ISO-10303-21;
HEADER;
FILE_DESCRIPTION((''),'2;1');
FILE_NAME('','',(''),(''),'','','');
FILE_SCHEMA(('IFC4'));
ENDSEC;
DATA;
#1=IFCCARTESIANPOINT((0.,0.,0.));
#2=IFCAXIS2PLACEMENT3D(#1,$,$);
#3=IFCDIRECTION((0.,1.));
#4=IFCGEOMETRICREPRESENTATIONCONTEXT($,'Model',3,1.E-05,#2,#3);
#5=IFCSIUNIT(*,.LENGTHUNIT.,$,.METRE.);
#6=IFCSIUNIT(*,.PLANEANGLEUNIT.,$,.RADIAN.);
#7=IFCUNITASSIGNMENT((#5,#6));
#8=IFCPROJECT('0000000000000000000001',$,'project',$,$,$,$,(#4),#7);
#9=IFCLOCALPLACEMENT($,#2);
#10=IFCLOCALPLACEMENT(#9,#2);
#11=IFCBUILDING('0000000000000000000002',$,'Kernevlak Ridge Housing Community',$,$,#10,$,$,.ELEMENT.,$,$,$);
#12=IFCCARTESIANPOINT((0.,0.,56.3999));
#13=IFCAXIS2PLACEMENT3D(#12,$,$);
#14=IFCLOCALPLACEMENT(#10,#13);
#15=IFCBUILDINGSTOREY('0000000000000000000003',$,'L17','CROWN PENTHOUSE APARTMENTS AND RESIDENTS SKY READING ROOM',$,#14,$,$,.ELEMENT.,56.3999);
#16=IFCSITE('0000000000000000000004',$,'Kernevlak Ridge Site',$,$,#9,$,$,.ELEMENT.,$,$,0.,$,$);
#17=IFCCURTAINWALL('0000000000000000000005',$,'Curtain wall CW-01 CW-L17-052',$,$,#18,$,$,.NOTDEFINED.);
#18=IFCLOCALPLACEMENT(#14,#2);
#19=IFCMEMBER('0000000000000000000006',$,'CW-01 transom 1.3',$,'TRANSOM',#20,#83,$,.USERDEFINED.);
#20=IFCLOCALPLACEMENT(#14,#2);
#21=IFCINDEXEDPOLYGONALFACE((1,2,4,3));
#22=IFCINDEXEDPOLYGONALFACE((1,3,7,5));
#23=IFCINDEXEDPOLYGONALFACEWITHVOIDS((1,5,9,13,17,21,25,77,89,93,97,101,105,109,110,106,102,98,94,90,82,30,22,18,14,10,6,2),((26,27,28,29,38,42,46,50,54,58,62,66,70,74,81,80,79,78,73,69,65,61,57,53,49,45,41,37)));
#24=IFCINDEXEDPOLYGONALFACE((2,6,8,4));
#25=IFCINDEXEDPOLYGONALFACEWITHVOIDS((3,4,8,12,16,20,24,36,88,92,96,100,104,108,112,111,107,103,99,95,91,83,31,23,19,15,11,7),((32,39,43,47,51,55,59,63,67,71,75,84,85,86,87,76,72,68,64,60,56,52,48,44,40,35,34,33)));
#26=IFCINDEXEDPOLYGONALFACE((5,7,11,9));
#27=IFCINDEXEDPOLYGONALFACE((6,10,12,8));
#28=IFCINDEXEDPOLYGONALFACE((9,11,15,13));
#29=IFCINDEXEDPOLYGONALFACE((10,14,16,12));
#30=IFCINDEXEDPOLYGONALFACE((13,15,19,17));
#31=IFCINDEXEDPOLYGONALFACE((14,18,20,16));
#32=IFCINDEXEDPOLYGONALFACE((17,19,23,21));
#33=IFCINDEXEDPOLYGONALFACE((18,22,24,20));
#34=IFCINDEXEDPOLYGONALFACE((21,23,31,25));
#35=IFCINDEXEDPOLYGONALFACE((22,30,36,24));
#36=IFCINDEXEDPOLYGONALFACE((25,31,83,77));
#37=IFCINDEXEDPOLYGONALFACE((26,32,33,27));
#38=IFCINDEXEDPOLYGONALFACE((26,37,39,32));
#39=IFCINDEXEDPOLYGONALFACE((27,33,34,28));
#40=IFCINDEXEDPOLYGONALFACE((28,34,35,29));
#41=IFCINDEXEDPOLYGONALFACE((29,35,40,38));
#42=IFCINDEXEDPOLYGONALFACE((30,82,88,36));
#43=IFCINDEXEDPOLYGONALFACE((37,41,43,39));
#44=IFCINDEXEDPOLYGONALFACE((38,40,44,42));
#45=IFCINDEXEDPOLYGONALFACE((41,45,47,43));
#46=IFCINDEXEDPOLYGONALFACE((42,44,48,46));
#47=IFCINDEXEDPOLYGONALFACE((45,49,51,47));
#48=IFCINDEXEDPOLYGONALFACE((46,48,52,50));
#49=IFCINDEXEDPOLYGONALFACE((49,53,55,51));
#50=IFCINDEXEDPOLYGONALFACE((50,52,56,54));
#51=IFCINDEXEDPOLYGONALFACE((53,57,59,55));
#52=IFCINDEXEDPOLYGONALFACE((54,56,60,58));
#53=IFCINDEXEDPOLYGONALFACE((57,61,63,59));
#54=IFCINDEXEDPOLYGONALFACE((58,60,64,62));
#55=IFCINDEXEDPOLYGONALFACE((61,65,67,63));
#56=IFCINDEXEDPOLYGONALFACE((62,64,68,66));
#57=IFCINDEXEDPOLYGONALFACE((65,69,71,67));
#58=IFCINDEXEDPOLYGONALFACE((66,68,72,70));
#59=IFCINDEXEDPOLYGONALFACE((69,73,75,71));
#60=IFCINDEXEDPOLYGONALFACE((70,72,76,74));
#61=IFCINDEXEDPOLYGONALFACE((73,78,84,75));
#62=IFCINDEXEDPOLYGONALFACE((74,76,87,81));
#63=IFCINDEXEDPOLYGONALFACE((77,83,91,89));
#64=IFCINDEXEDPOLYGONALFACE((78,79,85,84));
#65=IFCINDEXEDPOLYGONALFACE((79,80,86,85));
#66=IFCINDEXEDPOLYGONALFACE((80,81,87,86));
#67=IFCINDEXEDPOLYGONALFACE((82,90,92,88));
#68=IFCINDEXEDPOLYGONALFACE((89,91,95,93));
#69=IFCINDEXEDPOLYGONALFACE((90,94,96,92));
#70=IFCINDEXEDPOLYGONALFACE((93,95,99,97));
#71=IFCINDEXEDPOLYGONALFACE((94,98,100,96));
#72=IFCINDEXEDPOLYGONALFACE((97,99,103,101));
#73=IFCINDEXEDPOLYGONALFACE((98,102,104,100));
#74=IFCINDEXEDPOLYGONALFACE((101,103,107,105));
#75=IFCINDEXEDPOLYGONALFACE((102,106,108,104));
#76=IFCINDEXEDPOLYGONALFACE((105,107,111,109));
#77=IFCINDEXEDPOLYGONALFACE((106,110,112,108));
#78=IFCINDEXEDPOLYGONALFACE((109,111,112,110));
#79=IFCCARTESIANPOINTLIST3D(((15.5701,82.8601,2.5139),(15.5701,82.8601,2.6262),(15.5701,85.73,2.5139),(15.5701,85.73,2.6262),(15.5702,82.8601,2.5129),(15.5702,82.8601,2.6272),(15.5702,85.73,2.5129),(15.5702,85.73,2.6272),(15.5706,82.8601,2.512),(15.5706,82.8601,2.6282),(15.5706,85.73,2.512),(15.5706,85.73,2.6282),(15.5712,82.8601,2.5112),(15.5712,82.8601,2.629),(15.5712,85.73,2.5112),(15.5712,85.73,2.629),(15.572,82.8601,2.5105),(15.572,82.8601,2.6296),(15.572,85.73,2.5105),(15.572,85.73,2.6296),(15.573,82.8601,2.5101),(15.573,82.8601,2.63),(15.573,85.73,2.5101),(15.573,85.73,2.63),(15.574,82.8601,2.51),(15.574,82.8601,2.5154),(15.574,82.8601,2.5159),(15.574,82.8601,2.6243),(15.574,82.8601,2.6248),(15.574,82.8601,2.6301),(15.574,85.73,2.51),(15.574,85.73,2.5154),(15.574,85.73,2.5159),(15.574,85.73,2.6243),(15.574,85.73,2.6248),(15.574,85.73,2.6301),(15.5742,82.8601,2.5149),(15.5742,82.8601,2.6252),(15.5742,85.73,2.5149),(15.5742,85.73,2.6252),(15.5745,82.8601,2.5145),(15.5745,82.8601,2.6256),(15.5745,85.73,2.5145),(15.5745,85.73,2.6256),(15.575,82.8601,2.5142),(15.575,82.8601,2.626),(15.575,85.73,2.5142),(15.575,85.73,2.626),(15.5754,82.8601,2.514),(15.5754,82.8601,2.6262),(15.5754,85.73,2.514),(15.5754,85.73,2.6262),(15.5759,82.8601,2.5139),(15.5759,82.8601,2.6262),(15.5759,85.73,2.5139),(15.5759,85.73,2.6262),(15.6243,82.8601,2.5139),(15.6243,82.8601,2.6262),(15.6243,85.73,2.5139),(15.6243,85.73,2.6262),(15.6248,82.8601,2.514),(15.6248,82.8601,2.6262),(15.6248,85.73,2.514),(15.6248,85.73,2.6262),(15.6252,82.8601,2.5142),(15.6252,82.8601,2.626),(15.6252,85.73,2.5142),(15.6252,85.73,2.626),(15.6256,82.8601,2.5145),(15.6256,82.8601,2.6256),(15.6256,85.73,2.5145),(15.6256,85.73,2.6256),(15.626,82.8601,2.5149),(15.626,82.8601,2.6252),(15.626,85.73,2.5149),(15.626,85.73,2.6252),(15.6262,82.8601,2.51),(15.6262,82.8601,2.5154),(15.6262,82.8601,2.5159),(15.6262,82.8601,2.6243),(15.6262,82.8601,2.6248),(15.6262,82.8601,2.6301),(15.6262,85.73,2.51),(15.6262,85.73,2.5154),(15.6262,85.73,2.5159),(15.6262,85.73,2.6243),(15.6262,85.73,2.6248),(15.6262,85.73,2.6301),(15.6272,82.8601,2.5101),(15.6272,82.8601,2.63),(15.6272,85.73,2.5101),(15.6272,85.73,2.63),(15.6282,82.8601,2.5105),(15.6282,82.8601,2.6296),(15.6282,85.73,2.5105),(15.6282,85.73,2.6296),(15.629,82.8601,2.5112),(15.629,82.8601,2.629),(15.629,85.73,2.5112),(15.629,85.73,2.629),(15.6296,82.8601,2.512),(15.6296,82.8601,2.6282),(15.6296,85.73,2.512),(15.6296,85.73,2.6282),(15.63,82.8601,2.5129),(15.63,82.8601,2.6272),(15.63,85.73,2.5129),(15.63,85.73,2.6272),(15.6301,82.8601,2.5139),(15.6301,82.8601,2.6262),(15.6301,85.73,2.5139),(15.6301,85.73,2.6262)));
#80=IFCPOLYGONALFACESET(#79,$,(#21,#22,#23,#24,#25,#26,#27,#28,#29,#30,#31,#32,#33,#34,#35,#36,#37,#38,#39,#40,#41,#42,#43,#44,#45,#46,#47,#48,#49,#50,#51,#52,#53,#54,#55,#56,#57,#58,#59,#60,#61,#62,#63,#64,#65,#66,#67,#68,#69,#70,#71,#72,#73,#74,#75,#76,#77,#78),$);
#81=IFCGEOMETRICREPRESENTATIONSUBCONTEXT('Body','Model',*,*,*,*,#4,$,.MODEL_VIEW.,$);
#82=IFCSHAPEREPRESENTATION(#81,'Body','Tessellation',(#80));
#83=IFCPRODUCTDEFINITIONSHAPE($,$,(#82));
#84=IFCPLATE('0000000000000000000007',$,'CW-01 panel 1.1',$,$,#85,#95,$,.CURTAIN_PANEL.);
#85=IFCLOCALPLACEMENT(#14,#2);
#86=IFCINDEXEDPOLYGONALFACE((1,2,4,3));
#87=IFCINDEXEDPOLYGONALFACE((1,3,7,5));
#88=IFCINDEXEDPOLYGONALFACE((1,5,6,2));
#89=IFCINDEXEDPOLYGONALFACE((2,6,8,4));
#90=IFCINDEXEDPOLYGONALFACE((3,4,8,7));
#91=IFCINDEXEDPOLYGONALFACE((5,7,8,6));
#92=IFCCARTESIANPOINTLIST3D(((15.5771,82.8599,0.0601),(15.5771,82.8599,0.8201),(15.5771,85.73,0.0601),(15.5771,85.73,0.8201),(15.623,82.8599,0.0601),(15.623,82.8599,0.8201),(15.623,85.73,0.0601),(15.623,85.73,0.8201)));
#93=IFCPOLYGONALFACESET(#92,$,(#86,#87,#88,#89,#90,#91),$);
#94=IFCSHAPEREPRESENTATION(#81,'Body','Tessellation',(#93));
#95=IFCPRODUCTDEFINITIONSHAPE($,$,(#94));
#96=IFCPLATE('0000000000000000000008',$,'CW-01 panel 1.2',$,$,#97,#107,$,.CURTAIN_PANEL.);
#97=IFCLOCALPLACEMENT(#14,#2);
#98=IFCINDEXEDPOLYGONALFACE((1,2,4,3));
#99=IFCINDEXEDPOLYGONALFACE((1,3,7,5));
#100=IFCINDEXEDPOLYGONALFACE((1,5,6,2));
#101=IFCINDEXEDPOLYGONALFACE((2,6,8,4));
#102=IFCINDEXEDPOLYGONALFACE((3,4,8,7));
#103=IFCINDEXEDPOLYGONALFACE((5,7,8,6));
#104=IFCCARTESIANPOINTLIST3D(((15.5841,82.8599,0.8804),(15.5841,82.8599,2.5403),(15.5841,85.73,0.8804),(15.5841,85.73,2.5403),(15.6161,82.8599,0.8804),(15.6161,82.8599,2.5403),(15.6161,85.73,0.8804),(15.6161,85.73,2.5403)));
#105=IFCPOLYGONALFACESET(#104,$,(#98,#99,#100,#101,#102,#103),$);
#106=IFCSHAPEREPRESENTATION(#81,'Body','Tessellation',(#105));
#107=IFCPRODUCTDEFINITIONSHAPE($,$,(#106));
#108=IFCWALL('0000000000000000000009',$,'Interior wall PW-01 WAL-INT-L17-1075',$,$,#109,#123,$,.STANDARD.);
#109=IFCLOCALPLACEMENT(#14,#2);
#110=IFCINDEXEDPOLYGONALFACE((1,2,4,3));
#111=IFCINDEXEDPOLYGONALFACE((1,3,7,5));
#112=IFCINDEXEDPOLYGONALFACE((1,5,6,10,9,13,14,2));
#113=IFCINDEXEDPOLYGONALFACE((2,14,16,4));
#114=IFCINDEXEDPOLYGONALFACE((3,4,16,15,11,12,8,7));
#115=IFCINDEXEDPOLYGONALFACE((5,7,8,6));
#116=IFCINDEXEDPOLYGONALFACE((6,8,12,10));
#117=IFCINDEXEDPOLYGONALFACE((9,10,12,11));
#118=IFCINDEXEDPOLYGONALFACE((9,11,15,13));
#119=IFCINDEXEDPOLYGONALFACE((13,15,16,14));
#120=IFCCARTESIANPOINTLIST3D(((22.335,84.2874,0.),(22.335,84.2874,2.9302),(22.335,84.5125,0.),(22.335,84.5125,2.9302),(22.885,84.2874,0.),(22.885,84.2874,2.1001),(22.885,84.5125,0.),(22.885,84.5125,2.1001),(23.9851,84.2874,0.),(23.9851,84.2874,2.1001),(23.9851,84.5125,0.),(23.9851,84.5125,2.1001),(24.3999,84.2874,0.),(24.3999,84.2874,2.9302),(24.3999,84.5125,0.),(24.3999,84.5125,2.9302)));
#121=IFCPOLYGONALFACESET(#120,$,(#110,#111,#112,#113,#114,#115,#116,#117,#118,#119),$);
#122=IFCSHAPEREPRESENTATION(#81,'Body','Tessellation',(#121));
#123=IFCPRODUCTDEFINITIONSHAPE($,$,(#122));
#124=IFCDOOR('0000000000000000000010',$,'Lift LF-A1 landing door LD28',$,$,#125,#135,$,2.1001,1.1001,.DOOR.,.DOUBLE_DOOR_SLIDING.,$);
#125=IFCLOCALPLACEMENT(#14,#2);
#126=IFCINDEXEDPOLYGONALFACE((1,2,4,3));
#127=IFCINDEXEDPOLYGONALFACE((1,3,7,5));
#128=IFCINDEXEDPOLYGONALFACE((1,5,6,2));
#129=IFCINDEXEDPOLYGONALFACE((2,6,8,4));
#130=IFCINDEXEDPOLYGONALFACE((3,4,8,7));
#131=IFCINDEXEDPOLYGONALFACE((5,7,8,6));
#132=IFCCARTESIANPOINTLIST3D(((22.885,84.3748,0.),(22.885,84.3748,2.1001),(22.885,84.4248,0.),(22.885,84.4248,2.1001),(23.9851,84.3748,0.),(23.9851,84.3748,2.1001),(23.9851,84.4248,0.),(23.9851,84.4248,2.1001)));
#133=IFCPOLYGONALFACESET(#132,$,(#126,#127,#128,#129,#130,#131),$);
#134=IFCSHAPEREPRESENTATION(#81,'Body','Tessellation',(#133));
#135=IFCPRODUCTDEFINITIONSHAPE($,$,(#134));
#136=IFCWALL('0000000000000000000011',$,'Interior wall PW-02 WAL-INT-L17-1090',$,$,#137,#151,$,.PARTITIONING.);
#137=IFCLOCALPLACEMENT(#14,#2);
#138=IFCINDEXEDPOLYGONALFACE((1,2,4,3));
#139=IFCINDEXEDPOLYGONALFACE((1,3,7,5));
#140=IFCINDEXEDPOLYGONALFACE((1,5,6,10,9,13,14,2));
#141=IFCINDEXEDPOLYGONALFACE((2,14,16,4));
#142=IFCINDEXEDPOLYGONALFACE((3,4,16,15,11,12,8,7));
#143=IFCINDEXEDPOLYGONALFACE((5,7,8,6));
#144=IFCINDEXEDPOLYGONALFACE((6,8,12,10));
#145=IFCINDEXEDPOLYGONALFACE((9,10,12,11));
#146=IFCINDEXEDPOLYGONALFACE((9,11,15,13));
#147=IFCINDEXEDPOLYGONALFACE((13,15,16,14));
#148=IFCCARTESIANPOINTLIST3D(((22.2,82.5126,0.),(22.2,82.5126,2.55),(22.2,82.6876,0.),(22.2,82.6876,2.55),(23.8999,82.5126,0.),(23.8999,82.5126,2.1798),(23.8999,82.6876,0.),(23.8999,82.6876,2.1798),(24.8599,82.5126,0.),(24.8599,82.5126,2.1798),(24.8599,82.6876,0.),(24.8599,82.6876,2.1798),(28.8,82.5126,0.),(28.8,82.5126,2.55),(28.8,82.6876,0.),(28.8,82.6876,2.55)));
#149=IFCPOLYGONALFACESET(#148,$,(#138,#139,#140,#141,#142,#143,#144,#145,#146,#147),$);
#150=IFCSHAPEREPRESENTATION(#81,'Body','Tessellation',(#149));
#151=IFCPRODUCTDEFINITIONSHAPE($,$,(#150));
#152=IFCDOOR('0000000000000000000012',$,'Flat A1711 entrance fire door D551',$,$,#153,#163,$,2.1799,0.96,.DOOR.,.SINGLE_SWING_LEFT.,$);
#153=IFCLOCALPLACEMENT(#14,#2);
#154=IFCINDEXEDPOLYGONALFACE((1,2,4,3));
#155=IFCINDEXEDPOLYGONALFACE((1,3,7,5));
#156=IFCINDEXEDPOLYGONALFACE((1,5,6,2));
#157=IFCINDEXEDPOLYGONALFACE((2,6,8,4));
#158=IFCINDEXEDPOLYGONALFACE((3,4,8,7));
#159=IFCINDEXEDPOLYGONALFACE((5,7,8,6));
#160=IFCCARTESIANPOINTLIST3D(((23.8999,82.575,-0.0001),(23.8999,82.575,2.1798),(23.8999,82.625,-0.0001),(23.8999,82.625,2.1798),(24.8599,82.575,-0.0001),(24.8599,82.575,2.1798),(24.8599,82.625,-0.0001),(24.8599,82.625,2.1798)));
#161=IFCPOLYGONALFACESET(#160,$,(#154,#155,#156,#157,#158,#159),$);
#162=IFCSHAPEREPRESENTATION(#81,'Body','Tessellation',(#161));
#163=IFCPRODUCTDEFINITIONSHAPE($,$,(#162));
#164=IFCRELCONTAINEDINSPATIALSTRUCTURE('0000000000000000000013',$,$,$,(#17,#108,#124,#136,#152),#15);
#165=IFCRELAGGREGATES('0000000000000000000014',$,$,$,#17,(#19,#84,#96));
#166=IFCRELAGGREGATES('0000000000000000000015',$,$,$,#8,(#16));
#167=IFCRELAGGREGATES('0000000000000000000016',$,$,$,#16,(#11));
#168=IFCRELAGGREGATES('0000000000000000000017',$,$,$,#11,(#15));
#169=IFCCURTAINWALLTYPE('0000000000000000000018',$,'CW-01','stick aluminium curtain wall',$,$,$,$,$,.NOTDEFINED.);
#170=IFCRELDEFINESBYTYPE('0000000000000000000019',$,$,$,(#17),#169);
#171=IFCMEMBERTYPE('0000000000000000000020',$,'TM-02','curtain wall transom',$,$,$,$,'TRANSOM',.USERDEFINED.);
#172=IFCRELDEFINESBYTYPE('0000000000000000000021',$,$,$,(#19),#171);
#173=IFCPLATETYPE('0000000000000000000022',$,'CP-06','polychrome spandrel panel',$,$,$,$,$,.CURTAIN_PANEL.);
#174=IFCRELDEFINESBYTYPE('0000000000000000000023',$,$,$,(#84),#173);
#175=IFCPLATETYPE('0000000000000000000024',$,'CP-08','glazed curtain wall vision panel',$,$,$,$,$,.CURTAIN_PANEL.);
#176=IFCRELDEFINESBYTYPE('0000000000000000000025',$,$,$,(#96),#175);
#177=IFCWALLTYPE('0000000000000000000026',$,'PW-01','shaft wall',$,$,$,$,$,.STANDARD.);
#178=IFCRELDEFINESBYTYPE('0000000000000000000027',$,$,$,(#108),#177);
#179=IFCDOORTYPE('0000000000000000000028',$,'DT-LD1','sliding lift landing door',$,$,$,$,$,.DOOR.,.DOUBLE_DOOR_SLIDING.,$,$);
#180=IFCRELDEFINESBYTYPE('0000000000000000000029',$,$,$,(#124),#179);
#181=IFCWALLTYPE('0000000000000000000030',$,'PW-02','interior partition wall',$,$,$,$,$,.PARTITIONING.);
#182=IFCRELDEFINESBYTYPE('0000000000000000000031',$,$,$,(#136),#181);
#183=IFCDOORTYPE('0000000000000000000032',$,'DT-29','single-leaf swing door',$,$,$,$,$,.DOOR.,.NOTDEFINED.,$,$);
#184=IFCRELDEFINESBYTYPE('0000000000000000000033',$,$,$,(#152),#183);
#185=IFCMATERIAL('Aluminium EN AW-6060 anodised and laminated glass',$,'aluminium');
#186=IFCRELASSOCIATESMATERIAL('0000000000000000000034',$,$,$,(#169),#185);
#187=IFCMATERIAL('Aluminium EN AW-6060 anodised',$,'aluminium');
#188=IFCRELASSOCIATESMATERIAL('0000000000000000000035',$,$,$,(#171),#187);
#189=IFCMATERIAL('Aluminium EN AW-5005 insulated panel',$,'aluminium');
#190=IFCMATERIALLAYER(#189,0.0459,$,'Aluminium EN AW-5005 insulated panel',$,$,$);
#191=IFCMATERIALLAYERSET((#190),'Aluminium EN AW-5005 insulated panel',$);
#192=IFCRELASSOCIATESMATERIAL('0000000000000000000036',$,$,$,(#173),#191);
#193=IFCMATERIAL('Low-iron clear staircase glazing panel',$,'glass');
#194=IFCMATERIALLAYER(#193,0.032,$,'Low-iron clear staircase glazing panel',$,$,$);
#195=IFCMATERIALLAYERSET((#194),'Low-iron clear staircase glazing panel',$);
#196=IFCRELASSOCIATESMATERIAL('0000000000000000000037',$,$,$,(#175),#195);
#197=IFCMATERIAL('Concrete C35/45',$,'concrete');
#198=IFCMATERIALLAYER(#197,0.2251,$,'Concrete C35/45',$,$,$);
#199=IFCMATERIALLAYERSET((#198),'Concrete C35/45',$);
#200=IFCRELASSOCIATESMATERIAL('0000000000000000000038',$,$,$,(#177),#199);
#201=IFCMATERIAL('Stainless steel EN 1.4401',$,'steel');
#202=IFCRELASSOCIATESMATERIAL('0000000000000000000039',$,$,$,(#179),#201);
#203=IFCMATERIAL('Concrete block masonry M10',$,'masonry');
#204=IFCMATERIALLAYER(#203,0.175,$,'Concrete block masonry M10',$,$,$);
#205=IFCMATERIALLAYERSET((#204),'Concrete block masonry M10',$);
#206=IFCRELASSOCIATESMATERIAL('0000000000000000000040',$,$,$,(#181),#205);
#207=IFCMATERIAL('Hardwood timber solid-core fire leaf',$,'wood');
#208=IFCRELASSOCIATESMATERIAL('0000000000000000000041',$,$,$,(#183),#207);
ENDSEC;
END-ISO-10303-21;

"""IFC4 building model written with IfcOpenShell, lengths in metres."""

from ifc_helpers import new_model, si_unit, direction, frame, frame_2d, origin, origin_2d, place, context, subcontext, project, spatial, rectangle, hollow_rectangle, extrude, material, layer, layer_set, material_profile, profile_set, type_object, element, fill, aggregate, save


model = new_model("IFC4")

# Units and contexts
model_context = context("Model", 3, precision=1e-05, world=origin(), true_north=direction((0.0, 1.0)))
body_context = subcontext(model_context, "Body", "Model", "MODEL_VIEW")
ifc_project = project(units=[si_unit("LENGTHUNIT", "METRE"), si_unit("PLANEANGLEUNIT", "RADIAN")], contexts=[model_context])

# Site, building, storey
site_placement = place(None, origin())
site = spatial("IfcSite", under=ifc_project, at=site_placement, Name="Kernevlak Ridge Site", CompositionType="ELEMENT", RefElevation=0.0)
building_placement = place(site_placement, origin())
building = spatial("IfcBuilding", under=site, at=building_placement, Name="Kernevlak Ridge Housing Community", CompositionType="ELEMENT")
storey_placement = place(building_placement, frame((0.0, 0.0, 56.3999)))
storey = spatial("IfcBuildingStorey", under=building, at=storey_placement, Name="L17", Description="CROWN PENTHOUSE APARTMENTS AND RESIDENTS SKY READING ROOM", CompositionType="ELEMENT", Elevation=56.3999)

# Shared definitions
ifc_material_1 = material(Name="Concrete C35/45", Category="concrete")

# Curtain wall
ifc_material_2 = material(Name="Aluminium EN AW-6060 anodised and laminated glass", Category="aluminium")
curtain_wall_type = type_object("IfcCurtainWallType", Name="CW-01", Description="stick aluminium curtain wall", PredefinedType="NOTDEFINED", material=ifc_material_2)
curtain_wall_placement = place(storey_placement, origin())
curtain_wall = element("IfcCurtainWall", 1, at=curtain_wall_placement, inside=storey, type_object=curtain_wall_type, Name="Curtain wall CW-01 CW-L17-052", PredefinedType="NOTDEFINED")
ifc_material_3 = material(Name="Aluminium EN AW-6060 anodised", Category="aluminium")

# Member
ifc_material_profile_1 = material_profile(ifc_material_3, hollow_rectangle(XDim=0.0601, YDim=0.1201, WallThickness=0.0039, InnerFilletRadius=0.002, OuterFilletRadius=0.0039, at=origin_2d()), Name="ALU 60x120x4")
ifc_profile_set_1 = profile_set([ifc_material_profile_1], Name="Aluminium EN AW-6060 anodised")
member_type_1 = type_object("IfcMemberType", Name="TM-02", Description="curtain wall transom", ElementType="TRANSOM", PredefinedType="USERDEFINED", material=ifc_profile_set_1)
member_1_placement = place(storey_placement, frame((15.6001, 82.8601, 2.5701), z_axis=(0.0, 1.0, 0.0), x_axis=(-1.0, 0.0, 0.0)))
member_1 = element("IfcMember", 2, at=member_1_placement, type_object=member_type_1, Name="CW-01 transom 1.3", ObjectType="TRANSOM", PredefinedType="USERDEFINED", context=body_context, shape_type="SweptSolid", body=[
    extrude(hollow_rectangle(XDim=0.0601, YDim=0.1201, WallThickness=0.0039, InnerFilletRadius=0.002, OuterFilletRadius=0.0039, at=origin_2d()), origin(), (0.0, 0.0, 1.0), 2.8699),
])

# Plates
ifc_material_4 = material(Name="Aluminium EN AW-5005 insulated panel", Category="aluminium")
ifc_layer_1 = layer(ifc_material_4, 0.0459, Name="Aluminium EN AW-5005 insulated panel")
ifc_layer_set_1 = layer_set([ifc_layer_1], Name="Aluminium EN AW-5005 insulated panel")
plate_type_1 = type_object("IfcPlateType", Name="CP-06", Description="polychrome spandrel panel", PredefinedType="CURTAIN_PANEL", material=ifc_layer_set_1)
plate_1_placement = place(storey_placement, frame((15.6001, 84.2949, 0.0601), z_axis=(0.0, 0.0, 1.0), x_axis=(0.0, 1.0, 0.0)))
plate_1 = element("IfcPlate", 3, at=plate_1_placement, type_object=plate_type_1, Name="CW-01 panel 1.1", PredefinedType="CURTAIN_PANEL", context=body_context, shape_type="SweptSolid", body=[
    extrude(rectangle(XDim=2.8701, YDim=0.0459, at=origin_2d()), origin(), (0.0, 0.0, 1.0), 0.76),
])
ifc_material_5 = material(Name="Low-iron clear staircase glazing panel", Category="glass")
ifc_layer_2 = layer(ifc_material_5, 0.032, Name="Low-iron clear staircase glazing panel")
ifc_layer_set_2 = layer_set([ifc_layer_2], Name="Low-iron clear staircase glazing panel")
plate_type_2 = type_object("IfcPlateType", Name="CP-08", Description="glazed curtain wall vision panel", PredefinedType="CURTAIN_PANEL", material=ifc_layer_set_2)
plate_2_placement = place(storey_placement, frame((15.6001, 84.2949, 0.8804), z_axis=(0.0, 0.0, 1.0), x_axis=(0.0, 1.0, 0.0)))
plate_2 = element("IfcPlate", 4, at=plate_2_placement, type_object=plate_type_2, Name="CW-01 panel 1.2", PredefinedType="CURTAIN_PANEL", context=body_context, shape_type="SweptSolid", body=[
    extrude(rectangle(XDim=2.8701, YDim=0.032, at=origin_2d()), origin(), (0.0, 0.0, 1.0), 1.6599),
])
aggregate(curtain_wall, [member_1, plate_1, plate_2])

# Walls, openings, doors
ifc_layer_3 = layer(ifc_material_1, 0.2251, Name="Concrete C35/45")
ifc_layer_set_3 = layer_set([ifc_layer_3], Name="Concrete C35/45")
wall_type_1 = type_object("IfcWallType", Name="PW-01", Description="shaft wall", PredefinedType="STANDARD", material=ifc_layer_set_3)
wall_1_placement = place(storey_placement, frame((22.335, 84.3999, 0.0), z_axis=(0.0, 0.0, 1.0), x_axis=(1.0, 0.0, 0.0)))
wall_1 = element("IfcWall", 5, at=wall_1_placement, inside=storey, type_object=wall_type_1, Name="Interior wall PW-01 WAL-INT-L17-1075", PredefinedType="STANDARD", context=body_context, shape_type="SweptSolid", body=[
    extrude(rectangle(XDim=2.0649, YDim=0.2251, at=frame_2d((1.0325, 0.0))), origin(), (0.0, 0.0, 1.0), 2.9302),
])
opening_1_placement = place(wall_1_placement, frame((0.55, 0.0, 0.0)))
opening_1 = element("IfcOpeningElement", 6, at=opening_1_placement, cuts=wall_1, PredefinedType="OPENING", context=body_context, shape_type="SweptSolid", body=[
    extrude(rectangle(XDim=1.1001, YDim=2.1001, at=frame_2d((0.55, 1.05))), frame((0.0, 0.1226, 0.0), z_axis=(0.0, -1.0, 0.0), x_axis=(1.0, 0.0, 0.0)), (0.0, 0.0, 1.0), 0.2451),
])
ifc_material_6 = material(Name="Stainless steel EN 1.4401", Category="steel")
door_type_1 = type_object("IfcDoorType", Name="DT-LD1", Description="sliding lift landing door", OperationType="DOUBLE_DOOR_SLIDING", PredefinedType="DOOR", material=ifc_material_6)
door_1_placement = place(opening_1_placement, origin())
door_1 = element("IfcDoor", 7, at=door_1_placement, inside=storey, type_object=door_type_1, Name="Lift LF-A1 landing door LD28", OperationType="DOUBLE_DOOR_SLIDING", OverallHeight=2.1001, OverallWidth=1.1001, PredefinedType="DOOR", context=body_context, shape_type="SweptSolid", body=[
    extrude(rectangle(XDim=1.1001, YDim=2.1001, at=frame_2d((0.55, 1.05))), frame((0.0, 0.0249, 0.0), z_axis=(0.0, -1.0, 0.0), x_axis=(1.0, 0.0, 0.0)), (0.0, 0.0, 1.0), 0.05),
])
fill(opening_1, door_1)
ifc_material_7 = material(Name="Concrete block masonry M10", Category="masonry")
ifc_layer_4 = layer(ifc_material_7, 0.175, Name="Concrete block masonry M10")
ifc_layer_set_4 = layer_set([ifc_layer_4], Name="Concrete block masonry M10")
wall_type_2 = type_object("IfcWallType", Name="PW-02", Description="interior partition wall", PredefinedType="PARTITIONING", material=ifc_layer_set_4)
wall_2_placement = place(storey_placement, frame((22.2, 82.6001, 0.0), z_axis=(0.0, 0.0, 1.0), x_axis=(1.0, 0.0, 0.0)))
wall_2 = element("IfcWall", 8, at=wall_2_placement, inside=storey, type_object=wall_type_2, Name="Interior wall PW-02 WAL-INT-L17-1090", PredefinedType="PARTITIONING", context=body_context, shape_type="SweptSolid", body=[
    extrude(rectangle(XDim=6.6001, YDim=0.175, at=frame_2d((3.3, 0.0))), origin(), (0.0, 0.0, 1.0), 2.55),
])
opening_2_placement = place(wall_2_placement, frame((1.7, 0.0, 0.0)))
opening_2 = element("IfcOpeningElement", 9, at=opening_2_placement, cuts=wall_2, PredefinedType="OPENING", context=body_context, shape_type="SweptSolid", body=[
    extrude(rectangle(XDim=0.96, YDim=2.1799, at=frame_2d((0.48, 1.0898))), frame((0.0, 0.0974, 0.0), z_axis=(0.0, -1.0, 0.0), x_axis=(1.0, 0.0, 0.0)), (0.0, 0.0, 1.0), 0.1951),
])
ifc_material_8 = material(Name="Hardwood timber solid-core fire leaf", Category="wood")
door_type_2 = type_object("IfcDoorType", Name="DT-29", Description="single-leaf swing door", OperationType="NOTDEFINED", PredefinedType="DOOR", material=ifc_material_8)
door_2_placement = place(opening_2_placement, origin())
door_2 = element("IfcDoor", 10, at=door_2_placement, inside=storey, type_object=door_type_2, Name="Flat A1711 entrance fire door D551", OperationType="SINGLE_SWING_LEFT", OverallHeight=2.1799, OverallWidth=0.96, PredefinedType="DOOR", context=body_context, shape_type="SweptSolid", body=[
    extrude(rectangle(XDim=0.96, YDim=2.1799, at=frame_2d((0.48, 1.0898))), frame((0.0, 0.0249, 0.0), z_axis=(0.0, -1.0, 0.0), x_axis=(1.0, 0.0, 0.0)), (0.0, 0.0, 1.0), 0.05),
])
fill(opening_2, door_2)

save(model, "model.ifc")
